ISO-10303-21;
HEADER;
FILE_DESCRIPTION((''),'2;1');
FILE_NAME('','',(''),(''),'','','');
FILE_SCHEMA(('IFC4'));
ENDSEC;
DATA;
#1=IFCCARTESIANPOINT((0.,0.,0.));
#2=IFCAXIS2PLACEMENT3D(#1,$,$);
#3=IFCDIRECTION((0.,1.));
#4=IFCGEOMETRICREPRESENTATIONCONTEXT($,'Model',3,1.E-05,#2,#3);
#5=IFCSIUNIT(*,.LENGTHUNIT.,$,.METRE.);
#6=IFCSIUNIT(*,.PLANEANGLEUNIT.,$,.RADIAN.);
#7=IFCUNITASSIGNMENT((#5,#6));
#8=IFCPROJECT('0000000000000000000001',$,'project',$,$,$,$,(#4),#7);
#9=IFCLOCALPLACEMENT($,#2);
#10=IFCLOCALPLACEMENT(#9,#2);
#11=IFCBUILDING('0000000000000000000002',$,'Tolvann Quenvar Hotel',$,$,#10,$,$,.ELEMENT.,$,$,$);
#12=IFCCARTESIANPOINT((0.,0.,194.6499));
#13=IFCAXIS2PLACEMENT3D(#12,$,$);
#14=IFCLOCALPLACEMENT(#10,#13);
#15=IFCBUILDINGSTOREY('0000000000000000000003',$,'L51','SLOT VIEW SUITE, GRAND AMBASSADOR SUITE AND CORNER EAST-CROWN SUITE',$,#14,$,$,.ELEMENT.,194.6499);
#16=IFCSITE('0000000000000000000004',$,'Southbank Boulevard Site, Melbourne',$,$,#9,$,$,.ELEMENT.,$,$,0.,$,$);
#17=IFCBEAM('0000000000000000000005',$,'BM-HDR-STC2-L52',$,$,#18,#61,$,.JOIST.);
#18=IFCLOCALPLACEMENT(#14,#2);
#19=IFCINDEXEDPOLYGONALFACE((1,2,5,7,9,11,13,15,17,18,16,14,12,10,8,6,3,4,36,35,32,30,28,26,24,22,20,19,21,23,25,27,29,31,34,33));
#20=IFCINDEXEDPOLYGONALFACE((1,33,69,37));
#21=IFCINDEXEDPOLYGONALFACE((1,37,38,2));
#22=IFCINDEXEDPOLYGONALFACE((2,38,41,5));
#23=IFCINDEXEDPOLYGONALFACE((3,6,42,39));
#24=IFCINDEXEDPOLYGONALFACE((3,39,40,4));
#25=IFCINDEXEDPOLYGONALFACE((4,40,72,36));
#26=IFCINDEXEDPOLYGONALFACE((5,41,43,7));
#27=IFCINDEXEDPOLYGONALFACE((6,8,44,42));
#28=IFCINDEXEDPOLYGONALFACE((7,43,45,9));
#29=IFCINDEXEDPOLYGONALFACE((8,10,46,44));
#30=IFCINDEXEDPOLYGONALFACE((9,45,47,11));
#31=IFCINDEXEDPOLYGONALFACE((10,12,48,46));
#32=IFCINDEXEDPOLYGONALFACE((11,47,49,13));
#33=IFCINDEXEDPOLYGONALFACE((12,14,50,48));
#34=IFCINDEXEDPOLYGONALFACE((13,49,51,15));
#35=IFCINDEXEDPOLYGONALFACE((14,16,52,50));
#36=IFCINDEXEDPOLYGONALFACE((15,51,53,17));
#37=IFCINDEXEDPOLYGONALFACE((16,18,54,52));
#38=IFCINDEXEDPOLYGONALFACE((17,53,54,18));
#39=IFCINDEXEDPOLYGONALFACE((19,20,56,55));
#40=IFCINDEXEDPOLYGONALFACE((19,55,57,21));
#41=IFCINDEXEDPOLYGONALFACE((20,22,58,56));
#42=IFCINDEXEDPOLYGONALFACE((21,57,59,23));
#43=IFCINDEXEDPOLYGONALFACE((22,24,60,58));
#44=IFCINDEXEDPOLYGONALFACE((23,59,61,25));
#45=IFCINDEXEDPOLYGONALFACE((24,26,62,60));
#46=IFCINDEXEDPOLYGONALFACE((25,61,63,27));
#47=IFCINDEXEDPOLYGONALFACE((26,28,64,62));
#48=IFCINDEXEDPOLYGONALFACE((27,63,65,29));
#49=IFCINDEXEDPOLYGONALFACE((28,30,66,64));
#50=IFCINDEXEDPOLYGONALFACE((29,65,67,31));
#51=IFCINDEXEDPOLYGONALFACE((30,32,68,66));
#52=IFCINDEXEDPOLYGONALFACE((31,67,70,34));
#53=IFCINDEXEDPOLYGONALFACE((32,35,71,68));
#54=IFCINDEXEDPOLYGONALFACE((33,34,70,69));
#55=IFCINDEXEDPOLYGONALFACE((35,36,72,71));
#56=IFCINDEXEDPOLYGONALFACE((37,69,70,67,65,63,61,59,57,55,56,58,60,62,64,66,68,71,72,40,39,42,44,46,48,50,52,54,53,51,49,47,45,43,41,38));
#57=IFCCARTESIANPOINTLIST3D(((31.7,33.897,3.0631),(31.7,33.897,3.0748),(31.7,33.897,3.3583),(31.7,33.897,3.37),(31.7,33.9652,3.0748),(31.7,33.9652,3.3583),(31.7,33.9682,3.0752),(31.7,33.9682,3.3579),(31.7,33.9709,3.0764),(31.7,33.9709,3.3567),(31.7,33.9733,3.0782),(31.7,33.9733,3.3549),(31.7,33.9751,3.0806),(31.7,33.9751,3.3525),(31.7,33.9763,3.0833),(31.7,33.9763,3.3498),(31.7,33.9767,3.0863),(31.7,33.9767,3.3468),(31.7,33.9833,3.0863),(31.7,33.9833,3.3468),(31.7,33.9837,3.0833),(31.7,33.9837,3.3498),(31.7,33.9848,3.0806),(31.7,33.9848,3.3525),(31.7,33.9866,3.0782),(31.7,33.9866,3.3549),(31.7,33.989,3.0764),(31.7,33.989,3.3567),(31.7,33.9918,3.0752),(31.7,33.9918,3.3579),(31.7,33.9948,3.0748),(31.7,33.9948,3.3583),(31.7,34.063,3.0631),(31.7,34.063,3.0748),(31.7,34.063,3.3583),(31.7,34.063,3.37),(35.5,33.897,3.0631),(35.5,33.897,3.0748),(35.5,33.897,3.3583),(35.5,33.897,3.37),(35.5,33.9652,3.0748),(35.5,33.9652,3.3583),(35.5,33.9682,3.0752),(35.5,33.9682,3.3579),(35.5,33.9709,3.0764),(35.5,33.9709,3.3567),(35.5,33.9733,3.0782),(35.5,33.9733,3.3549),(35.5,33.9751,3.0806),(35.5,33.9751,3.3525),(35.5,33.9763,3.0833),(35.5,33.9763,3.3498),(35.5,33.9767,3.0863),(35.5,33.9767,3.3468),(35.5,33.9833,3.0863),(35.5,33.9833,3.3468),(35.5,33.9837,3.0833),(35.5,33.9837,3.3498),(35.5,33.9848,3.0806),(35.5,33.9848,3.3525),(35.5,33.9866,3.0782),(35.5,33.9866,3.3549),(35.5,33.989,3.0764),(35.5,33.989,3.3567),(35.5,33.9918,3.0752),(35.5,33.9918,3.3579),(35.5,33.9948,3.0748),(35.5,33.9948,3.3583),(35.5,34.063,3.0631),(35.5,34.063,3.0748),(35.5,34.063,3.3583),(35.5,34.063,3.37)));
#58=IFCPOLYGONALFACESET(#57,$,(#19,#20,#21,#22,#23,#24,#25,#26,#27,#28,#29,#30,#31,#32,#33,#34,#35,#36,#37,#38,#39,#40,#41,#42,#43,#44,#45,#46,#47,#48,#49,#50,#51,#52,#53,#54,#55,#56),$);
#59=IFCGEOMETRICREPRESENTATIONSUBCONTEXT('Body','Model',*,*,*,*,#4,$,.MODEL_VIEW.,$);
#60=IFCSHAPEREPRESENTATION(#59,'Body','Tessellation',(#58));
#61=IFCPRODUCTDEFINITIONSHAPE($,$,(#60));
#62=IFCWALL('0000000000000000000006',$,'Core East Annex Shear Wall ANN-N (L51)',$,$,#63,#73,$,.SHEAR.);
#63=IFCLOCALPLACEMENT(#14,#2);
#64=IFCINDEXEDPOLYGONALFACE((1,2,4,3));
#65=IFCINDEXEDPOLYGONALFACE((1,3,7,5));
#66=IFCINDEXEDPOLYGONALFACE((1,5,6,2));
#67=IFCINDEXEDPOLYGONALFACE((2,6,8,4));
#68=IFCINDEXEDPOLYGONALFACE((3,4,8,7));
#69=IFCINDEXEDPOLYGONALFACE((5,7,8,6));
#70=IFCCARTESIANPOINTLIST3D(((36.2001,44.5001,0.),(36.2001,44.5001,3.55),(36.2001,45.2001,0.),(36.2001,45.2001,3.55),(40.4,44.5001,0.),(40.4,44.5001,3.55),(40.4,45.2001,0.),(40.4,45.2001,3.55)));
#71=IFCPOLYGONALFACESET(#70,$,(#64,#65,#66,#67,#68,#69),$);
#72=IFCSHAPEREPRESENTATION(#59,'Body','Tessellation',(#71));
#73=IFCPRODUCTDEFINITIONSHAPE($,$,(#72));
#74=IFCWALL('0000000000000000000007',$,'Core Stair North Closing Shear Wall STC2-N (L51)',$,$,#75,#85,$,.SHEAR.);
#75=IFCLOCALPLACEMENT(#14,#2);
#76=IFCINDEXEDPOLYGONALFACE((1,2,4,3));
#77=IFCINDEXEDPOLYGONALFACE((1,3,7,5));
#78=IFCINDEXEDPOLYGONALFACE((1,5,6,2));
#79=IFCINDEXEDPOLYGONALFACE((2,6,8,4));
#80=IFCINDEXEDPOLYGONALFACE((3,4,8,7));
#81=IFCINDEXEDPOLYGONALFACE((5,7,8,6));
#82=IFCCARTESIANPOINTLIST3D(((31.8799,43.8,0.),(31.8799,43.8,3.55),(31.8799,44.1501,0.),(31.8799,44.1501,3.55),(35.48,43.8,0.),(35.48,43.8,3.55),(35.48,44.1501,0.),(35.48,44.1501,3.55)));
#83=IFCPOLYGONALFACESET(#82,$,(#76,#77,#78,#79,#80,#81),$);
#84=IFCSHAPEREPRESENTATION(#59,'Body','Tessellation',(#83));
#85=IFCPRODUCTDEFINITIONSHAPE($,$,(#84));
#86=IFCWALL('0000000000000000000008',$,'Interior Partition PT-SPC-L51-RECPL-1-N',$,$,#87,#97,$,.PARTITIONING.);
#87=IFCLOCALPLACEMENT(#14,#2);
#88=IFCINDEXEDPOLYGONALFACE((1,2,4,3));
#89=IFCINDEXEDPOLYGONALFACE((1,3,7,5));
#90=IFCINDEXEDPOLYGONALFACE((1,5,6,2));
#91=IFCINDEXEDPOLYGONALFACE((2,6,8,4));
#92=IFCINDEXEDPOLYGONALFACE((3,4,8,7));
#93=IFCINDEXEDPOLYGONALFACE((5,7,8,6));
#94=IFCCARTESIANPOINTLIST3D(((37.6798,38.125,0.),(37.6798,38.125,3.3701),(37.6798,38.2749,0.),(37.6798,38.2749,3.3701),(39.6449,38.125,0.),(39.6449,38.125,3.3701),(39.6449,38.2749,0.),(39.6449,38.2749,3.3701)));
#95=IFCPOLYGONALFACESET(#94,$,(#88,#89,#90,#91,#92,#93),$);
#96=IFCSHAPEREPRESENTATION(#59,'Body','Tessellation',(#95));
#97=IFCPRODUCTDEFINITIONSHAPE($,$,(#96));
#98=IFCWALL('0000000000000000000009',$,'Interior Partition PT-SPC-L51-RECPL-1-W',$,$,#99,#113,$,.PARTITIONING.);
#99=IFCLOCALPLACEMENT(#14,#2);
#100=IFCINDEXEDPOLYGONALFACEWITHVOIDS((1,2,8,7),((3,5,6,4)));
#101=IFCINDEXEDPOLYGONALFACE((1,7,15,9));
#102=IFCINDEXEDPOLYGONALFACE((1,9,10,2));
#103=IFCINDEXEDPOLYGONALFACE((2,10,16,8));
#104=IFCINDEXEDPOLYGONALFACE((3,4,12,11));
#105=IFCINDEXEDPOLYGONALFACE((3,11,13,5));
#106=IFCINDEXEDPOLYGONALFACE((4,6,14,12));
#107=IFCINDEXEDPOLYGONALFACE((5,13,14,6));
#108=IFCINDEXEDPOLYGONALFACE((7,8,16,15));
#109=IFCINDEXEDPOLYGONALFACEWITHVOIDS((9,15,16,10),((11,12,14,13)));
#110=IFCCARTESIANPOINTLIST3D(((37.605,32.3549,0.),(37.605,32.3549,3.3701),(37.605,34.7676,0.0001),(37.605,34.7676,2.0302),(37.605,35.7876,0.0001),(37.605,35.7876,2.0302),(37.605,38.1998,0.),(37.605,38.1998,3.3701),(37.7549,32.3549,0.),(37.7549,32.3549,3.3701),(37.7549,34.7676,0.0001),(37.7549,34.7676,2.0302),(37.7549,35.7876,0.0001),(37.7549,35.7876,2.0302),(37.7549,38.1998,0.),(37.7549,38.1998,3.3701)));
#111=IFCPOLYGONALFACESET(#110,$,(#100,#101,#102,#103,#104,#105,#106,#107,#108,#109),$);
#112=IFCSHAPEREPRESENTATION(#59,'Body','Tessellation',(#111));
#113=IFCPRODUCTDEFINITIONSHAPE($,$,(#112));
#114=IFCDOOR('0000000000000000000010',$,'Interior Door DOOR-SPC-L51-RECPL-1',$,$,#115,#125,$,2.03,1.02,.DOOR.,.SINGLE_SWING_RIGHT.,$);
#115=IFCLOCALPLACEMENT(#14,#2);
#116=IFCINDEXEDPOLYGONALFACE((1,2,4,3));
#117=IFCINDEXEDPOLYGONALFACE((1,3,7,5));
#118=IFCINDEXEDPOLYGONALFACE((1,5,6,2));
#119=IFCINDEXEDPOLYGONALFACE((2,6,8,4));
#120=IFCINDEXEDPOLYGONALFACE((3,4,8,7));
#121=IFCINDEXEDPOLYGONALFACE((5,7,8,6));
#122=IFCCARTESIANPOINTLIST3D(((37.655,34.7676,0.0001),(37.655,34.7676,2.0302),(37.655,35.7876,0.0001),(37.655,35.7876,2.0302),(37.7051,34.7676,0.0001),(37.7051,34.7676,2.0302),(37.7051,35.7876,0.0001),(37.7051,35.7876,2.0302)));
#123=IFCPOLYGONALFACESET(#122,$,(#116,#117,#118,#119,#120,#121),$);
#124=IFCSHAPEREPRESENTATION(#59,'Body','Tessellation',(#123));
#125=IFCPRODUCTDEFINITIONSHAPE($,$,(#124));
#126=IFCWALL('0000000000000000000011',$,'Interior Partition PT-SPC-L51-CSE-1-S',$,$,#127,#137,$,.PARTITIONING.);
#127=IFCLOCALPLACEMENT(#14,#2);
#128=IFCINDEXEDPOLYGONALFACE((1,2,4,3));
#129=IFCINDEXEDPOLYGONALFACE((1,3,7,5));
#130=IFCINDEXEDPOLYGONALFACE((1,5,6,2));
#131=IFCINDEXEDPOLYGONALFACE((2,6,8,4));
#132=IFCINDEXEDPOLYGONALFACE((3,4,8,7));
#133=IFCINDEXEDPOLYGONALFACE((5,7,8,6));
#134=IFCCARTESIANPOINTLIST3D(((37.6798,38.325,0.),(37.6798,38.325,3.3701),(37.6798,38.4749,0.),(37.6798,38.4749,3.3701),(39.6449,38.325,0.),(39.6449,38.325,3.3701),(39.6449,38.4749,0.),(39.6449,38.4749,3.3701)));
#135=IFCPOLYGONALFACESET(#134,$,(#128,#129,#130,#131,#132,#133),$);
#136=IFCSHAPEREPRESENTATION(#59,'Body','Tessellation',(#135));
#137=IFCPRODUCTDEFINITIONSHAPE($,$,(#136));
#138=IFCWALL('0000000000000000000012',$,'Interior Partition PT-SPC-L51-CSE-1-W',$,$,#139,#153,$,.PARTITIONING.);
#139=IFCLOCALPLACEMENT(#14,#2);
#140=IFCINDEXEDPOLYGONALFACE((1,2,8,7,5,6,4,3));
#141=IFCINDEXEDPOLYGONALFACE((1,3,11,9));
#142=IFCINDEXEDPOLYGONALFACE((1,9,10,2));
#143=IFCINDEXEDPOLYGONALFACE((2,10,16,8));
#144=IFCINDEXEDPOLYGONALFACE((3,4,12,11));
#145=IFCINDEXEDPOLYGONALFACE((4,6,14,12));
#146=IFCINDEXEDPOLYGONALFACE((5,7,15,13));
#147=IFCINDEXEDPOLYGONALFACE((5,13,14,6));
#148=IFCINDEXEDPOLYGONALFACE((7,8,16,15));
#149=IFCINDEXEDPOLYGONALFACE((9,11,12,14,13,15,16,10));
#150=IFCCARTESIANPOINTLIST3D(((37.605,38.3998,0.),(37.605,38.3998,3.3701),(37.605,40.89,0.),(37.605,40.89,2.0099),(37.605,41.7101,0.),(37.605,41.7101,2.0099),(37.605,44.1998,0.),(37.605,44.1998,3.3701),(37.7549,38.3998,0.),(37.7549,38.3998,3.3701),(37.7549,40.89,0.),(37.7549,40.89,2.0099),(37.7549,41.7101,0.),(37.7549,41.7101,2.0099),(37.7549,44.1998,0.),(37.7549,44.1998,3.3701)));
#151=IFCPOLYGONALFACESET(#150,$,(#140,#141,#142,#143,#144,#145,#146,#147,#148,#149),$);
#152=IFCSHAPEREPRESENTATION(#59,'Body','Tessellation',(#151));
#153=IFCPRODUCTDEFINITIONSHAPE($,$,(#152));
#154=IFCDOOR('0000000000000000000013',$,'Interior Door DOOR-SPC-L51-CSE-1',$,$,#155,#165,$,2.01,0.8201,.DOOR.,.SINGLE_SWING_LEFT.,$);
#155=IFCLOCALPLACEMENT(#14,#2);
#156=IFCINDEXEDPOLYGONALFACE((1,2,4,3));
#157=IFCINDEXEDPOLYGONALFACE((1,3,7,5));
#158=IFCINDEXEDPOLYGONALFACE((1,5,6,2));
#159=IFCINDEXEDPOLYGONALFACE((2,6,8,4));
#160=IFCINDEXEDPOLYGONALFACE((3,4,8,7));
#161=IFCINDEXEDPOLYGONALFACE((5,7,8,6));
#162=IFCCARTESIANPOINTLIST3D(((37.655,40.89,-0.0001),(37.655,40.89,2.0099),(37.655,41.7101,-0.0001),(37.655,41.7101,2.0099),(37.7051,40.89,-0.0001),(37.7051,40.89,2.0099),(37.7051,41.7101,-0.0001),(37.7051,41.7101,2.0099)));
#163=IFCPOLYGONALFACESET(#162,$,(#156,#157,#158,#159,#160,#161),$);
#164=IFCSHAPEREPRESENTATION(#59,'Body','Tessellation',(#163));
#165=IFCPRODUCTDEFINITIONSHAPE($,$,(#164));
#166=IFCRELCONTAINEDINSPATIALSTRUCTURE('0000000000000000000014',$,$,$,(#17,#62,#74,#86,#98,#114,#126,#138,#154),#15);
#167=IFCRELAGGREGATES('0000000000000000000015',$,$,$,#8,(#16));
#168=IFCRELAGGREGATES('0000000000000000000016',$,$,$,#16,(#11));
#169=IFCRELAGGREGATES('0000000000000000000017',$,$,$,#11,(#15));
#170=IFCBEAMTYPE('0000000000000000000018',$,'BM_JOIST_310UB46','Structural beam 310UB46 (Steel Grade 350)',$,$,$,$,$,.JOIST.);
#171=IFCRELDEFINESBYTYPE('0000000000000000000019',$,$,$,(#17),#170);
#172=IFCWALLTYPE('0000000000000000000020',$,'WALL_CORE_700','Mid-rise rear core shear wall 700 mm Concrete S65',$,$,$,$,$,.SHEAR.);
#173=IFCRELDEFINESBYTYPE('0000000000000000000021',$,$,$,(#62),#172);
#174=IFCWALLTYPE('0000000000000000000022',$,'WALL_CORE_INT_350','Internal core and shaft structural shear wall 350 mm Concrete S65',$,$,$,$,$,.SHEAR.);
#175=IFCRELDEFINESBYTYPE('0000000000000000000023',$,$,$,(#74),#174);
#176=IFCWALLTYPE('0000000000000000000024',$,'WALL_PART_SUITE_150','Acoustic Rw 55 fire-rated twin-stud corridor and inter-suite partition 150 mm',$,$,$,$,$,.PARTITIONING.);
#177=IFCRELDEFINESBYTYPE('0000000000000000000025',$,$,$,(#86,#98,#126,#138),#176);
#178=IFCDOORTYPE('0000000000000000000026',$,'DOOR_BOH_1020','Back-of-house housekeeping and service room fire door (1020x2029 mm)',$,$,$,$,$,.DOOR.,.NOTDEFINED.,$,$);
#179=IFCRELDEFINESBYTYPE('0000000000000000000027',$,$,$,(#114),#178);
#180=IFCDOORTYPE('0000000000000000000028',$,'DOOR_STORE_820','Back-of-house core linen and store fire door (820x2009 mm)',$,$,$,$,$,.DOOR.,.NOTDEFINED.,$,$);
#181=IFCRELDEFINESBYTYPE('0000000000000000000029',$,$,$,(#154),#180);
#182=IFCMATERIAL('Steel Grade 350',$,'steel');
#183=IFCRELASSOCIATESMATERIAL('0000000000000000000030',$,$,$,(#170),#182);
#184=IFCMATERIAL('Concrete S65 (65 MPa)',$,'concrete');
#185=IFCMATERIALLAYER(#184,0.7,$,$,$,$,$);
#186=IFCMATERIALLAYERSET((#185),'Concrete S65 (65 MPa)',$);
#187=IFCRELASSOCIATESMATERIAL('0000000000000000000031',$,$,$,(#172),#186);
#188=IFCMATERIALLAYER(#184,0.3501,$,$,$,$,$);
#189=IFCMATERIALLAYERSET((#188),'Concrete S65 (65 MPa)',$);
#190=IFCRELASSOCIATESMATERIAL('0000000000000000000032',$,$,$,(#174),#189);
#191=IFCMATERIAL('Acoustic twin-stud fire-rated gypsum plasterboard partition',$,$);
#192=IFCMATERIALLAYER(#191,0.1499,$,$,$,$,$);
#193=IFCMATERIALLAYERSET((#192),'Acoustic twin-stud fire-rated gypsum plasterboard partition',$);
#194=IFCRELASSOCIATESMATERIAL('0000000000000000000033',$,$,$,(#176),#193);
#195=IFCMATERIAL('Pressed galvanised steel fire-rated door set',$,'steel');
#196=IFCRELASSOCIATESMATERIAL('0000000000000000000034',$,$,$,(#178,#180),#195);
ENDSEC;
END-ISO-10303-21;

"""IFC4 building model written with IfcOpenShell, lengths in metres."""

from ifc_helpers import new_model, si_unit, direction, frame, frame_2d, origin, origin_2d, place, context, subcontext, project, spatial, rectangle, i_section, extrude, source, transform, mapped, material, layer, layer_set, material_profile, profile_set, type_object, type_shapes, element, fill, save


model = new_model("IFC4")

# Units and contexts
model_context = context("Model", 3, precision=1e-05, world=origin(), true_north=direction((0.0, 1.0)))
body_context = subcontext(model_context, "Body", "Model", "MODEL_VIEW")
ifc_project = project(units=[si_unit("LENGTHUNIT", "METRE"), si_unit("PLANEANGLEUNIT", "RADIAN")], contexts=[model_context])

# Site, building, storey
site_placement = place(None, origin())
site = spatial("IfcSite", under=ifc_project, at=site_placement, Name="Southbank Boulevard Site, Melbourne", CompositionType="ELEMENT", RefElevation=0.0)
building_placement = place(site_placement, origin())
building = spatial("IfcBuilding", under=site, at=building_placement, Name="Tolvann Quenvar Hotel", CompositionType="ELEMENT")
storey_placement = place(building_placement, frame((0.0, 0.0, 194.6499)))
storey = spatial("IfcBuildingStorey", under=building, at=storey_placement, Name="L51", Description="SLOT VIEW SUITE, GRAND AMBASSADOR SUITE AND CORNER EAST-CROWN SUITE", CompositionType="ELEMENT", Elevation=194.6499)

# Beam
ifc_material_1 = material(Name="Steel Grade 350", Category="steel")
ifc_material_profile = material_profile(ifc_material_1, i_section(OverallWidth=0.166, OverallDepth=0.3069, WebThickness=0.0066, FlangeThickness=0.0117, FilletRadius=0.0115, at=origin_2d()), Name="310UB46")
ifc_profile_set = profile_set([ifc_material_profile], Name="Steel Grade 350")
beam_type = type_object("IfcBeamType", Name="BM_JOIST_310UB46", Description="Structural beam 310UB46 (Steel Grade 350)", PredefinedType="JOIST", material=ifc_profile_set)
shared_shape_1 = source(origin(), body_context, "Body", "SweptSolid", [
    extrude(i_section(OverallWidth=0.166, OverallDepth=0.3069, WebThickness=0.0066, FlangeThickness=0.0117, FilletRadius=0.0115, at=origin_2d()), origin(), (0.0, 0.0, 1.0), 3.8),
])
type_shapes(beam_type, [shared_shape_1])
beam_placement = place(storey_placement, frame((31.7, 33.98, 3.2166), z_axis=(1.0, 0.0, 0.0), x_axis=(0.0, 1.0, 0.0)))
element("IfcBeam", 1, at=beam_placement, inside=storey, type_object=beam_type, Name="BM-HDR-STC2-L52", PredefinedType="JOIST", context=body_context, shape_type="MappedRepresentation", body=[
    mapped(shared_shape_1, transform((0.0, 0.0, 0.0), x_axis=(1.0, 0.0, 0.0), y_axis=(0.0, 1.0, 0.0), z_axis=(0.0, 0.0, 1.0), scale=1.0)),
])

# Walls
ifc_material_2 = material(Name="Concrete S65 (65 MPa)", Category="concrete")
ifc_layer_1 = layer(ifc_material_2, 0.7)
ifc_layer_set_1 = layer_set([ifc_layer_1], Name="Concrete S65 (65 MPa)")
wall_type_1 = type_object("IfcWallType", Name="WALL_CORE_700", Description="Mid-rise rear core shear wall 700 mm Concrete S65", PredefinedType="SHEAR", material=ifc_layer_set_1)
wall_1_placement = place(storey_placement, frame((36.2, 44.8501, 0.0), z_axis=(0.0, 0.0, 1.0), x_axis=(1.0, 0.0, 0.0)))
element("IfcWall", 2, at=wall_1_placement, inside=storey, type_object=wall_type_1, Name="Core East Annex Shear Wall ANN-N (L51)", PredefinedType="SHEAR", context=body_context, shape_type="SweptSolid", body=[
    extrude(rectangle(XDim=4.2, YDim=0.7, at=frame_2d((2.1001, 0.0))), origin(), (0.0, 0.0, 1.0), 3.55),
])
ifc_layer_2 = layer(ifc_material_2, 0.3501)
ifc_layer_set_2 = layer_set([ifc_layer_2], Name="Concrete S65 (65 MPa)")
wall_type_2 = type_object("IfcWallType", Name="WALL_CORE_INT_350", Description="Internal core and shaft structural shear wall 350 mm Concrete S65", PredefinedType="SHEAR", material=ifc_layer_set_2)
wall_2_placement = place(storey_placement, frame((31.8799, 43.9751, 0.0), z_axis=(0.0, 0.0, 1.0), x_axis=(1.0, 0.0, 0.0)))
element("IfcWall", 3, at=wall_2_placement, inside=storey, type_object=wall_type_2, Name="Core Stair North Closing Shear Wall STC2-N (L51)", PredefinedType="SHEAR", context=body_context, shape_type="SweptSolid", body=[
    extrude(rectangle(XDim=3.6001, YDim=0.3501, at=frame_2d((1.8, 0.0))), origin(), (0.0, 0.0, 1.0), 3.55),
])
ifc_material_3 = material(Name="Acoustic twin-stud fire-rated gypsum plasterboard partition")
ifc_layer_3 = layer(ifc_material_3, 0.1499)
ifc_layer_set_3 = layer_set([ifc_layer_3], Name="Acoustic twin-stud fire-rated gypsum plasterboard partition")
wall_type_3 = type_object("IfcWallType", Name="WALL_PART_SUITE_150", Description="Acoustic Rw 55 fire-rated twin-stud corridor and inter-suite partition 150 mm", PredefinedType="PARTITIONING", material=ifc_layer_set_3)
wall_3_placement = place(storey_placement, frame((37.6799, 38.2, 0.0), z_axis=(0.0, 0.0, 1.0), x_axis=(1.0, 0.0, 0.0)))
element("IfcWall", 4, at=wall_3_placement, inside=storey, type_object=wall_type_3, Name="Interior Partition PT-SPC-L51-RECPL-1-N", PredefinedType="PARTITIONING", context=body_context, shape_type="SweptSolid", body=[
    extrude(rectangle(XDim=1.9651, YDim=0.1499, at=frame_2d((0.9824, 0.0))), origin(), (0.0, 0.0, 1.0), 3.3701),
])

# Wall, opening, door
wall_4_placement = place(storey_placement, frame((37.6799, 32.355, 0.0), z_axis=(0.0, 0.0, 1.0), x_axis=(0.0, 1.0, 0.0)))
wall_4 = element("IfcWall", 5, at=wall_4_placement, inside=storey, type_object=wall_type_3, Name="Interior Partition PT-SPC-L51-RECPL-1-W", PredefinedType="PARTITIONING", context=body_context, shape_type="SweptSolid", body=[
    extrude(rectangle(XDim=5.845, YDim=0.1499, at=frame_2d((2.9224, 0.0))), origin(), (0.0, 0.0, 1.0), 3.3701),
])
opening_1_placement = place(wall_4_placement, frame((2.4126, 0.0, 0.0)))
opening_1 = element("IfcOpeningElement", 6, at=opening_1_placement, cuts=wall_4, PredefinedType="OPENING", context=body_context, shape_type="SweptSolid", body=[
    extrude(rectangle(XDim=1.02, YDim=2.03, at=frame_2d((0.51, 1.0151))), frame((0.0, 0.085, 0.0), z_axis=(0.0, -1.0, 0.0), x_axis=(1.0, 0.0, 0.0)), (0.0, 0.0, 1.0), 0.1699),
])
ifc_material_4 = material(Name="Pressed galvanised steel fire-rated door set", Category="steel")
door_type_1 = type_object("IfcDoorType", Name="DOOR_BOH_1020", Description="Back-of-house housekeeping and service room fire door (1020x2029 mm)", OperationType="NOTDEFINED", PredefinedType="DOOR", material=ifc_material_4)
shared_shape_2 = source(origin(), body_context, "Body", "SweptSolid", [
    extrude(rectangle(XDim=1.02, YDim=2.03, at=frame_2d((0.51, 1.0151))), frame((0.0, 0.0249, 0.0), z_axis=(0.0, -1.0, 0.0), x_axis=(1.0, 0.0, 0.0)), (0.0, 0.0, 1.0), 0.05),
])
type_shapes(door_type_1, [shared_shape_2])
door_1_placement = place(opening_1_placement, origin())
door_1 = element("IfcDoor", 7, at=door_1_placement, inside=storey, type_object=door_type_1, Name="Interior Door DOOR-SPC-L51-RECPL-1", OperationType="SINGLE_SWING_RIGHT", OverallHeight=2.03, OverallWidth=1.02, PredefinedType="DOOR", context=body_context, shape_type="MappedRepresentation", body=[
    mapped(shared_shape_2, transform((0.0, 0.0, 0.0), x_axis=(1.0, 0.0, 0.0), y_axis=(0.0, 1.0, 0.0), z_axis=(0.0, 0.0, 1.0), scale=1.0)),
])
fill(opening_1, door_1)

# Wall
wall_5_placement = place(storey_placement, frame((37.6799, 38.3999, 0.0), z_axis=(0.0, 0.0, 1.0), x_axis=(1.0, 0.0, 0.0)))
element("IfcWall", 8, at=wall_5_placement, inside=storey, type_object=wall_type_3, Name="Interior Partition PT-SPC-L51-CSE-1-S", PredefinedType="PARTITIONING", context=body_context, shape_type="SweptSolid", body=[
    extrude(rectangle(XDim=1.9651, YDim=0.1499, at=frame_2d((0.9824, 0.0))), origin(), (0.0, 0.0, 1.0), 3.3701),
])

# Wall, opening, door
wall_6_placement = place(storey_placement, frame((37.6799, 38.3999, 0.0), z_axis=(0.0, 0.0, 1.0), x_axis=(0.0, 1.0, 0.0)))
wall_6 = element("IfcWall", 9, at=wall_6_placement, inside=storey, type_object=wall_type_3, Name="Interior Partition PT-SPC-L51-CSE-1-W", PredefinedType="PARTITIONING", context=body_context, shape_type="SweptSolid", body=[
    extrude(rectangle(XDim=5.8, YDim=0.1499, at=frame_2d((2.8999, 0.0))), origin(), (0.0, 0.0, 1.0), 3.3701),
])
opening_2_placement = place(wall_6_placement, frame((2.49, 0.0, 0.0)))
opening_2 = element("IfcOpeningElement", 10, at=opening_2_placement, cuts=wall_6, PredefinedType="OPENING", context=body_context, shape_type="SweptSolid", body=[
    extrude(rectangle(XDim=0.8201, YDim=2.01, at=frame_2d((0.4102, 1.0049))), frame((0.0, 0.085, 0.0), z_axis=(0.0, -1.0, 0.0), x_axis=(1.0, 0.0, 0.0)), (0.0, 0.0, 1.0), 0.1699),
])
door_type_2 = type_object("IfcDoorType", Name="DOOR_STORE_820", Description="Back-of-house core linen and store fire door (820x2009 mm)", OperationType="NOTDEFINED", PredefinedType="DOOR", material=ifc_material_4)
shared_shape_3 = source(origin(), body_context, "Body", "SweptSolid", [
    extrude(rectangle(XDim=0.8201, YDim=2.01, at=frame_2d((0.4102, 1.0049))), frame((0.0, 0.0249, 0.0), z_axis=(0.0, -1.0, 0.0), x_axis=(1.0, 0.0, 0.0)), (0.0, 0.0, 1.0), 0.05),
])
type_shapes(door_type_2, [shared_shape_3])
door_2_placement = place(opening_2_placement, origin())
door_2 = element("IfcDoor", 11, at=door_2_placement, inside=storey, type_object=door_type_2, Name="Interior Door DOOR-SPC-L51-CSE-1", OperationType="SINGLE_SWING_LEFT", OverallHeight=2.01, OverallWidth=0.8201, PredefinedType="DOOR", context=body_context, shape_type="MappedRepresentation", body=[
    mapped(shared_shape_3, transform((0.0, 0.0, 0.0), x_axis=(1.0, 0.0, 0.0), y_axis=(0.0, 1.0, 0.0), z_axis=(0.0, 0.0, 1.0), scale=1.0)),
])
fill(opening_2, door_2)

save(model, "model.ifc")
